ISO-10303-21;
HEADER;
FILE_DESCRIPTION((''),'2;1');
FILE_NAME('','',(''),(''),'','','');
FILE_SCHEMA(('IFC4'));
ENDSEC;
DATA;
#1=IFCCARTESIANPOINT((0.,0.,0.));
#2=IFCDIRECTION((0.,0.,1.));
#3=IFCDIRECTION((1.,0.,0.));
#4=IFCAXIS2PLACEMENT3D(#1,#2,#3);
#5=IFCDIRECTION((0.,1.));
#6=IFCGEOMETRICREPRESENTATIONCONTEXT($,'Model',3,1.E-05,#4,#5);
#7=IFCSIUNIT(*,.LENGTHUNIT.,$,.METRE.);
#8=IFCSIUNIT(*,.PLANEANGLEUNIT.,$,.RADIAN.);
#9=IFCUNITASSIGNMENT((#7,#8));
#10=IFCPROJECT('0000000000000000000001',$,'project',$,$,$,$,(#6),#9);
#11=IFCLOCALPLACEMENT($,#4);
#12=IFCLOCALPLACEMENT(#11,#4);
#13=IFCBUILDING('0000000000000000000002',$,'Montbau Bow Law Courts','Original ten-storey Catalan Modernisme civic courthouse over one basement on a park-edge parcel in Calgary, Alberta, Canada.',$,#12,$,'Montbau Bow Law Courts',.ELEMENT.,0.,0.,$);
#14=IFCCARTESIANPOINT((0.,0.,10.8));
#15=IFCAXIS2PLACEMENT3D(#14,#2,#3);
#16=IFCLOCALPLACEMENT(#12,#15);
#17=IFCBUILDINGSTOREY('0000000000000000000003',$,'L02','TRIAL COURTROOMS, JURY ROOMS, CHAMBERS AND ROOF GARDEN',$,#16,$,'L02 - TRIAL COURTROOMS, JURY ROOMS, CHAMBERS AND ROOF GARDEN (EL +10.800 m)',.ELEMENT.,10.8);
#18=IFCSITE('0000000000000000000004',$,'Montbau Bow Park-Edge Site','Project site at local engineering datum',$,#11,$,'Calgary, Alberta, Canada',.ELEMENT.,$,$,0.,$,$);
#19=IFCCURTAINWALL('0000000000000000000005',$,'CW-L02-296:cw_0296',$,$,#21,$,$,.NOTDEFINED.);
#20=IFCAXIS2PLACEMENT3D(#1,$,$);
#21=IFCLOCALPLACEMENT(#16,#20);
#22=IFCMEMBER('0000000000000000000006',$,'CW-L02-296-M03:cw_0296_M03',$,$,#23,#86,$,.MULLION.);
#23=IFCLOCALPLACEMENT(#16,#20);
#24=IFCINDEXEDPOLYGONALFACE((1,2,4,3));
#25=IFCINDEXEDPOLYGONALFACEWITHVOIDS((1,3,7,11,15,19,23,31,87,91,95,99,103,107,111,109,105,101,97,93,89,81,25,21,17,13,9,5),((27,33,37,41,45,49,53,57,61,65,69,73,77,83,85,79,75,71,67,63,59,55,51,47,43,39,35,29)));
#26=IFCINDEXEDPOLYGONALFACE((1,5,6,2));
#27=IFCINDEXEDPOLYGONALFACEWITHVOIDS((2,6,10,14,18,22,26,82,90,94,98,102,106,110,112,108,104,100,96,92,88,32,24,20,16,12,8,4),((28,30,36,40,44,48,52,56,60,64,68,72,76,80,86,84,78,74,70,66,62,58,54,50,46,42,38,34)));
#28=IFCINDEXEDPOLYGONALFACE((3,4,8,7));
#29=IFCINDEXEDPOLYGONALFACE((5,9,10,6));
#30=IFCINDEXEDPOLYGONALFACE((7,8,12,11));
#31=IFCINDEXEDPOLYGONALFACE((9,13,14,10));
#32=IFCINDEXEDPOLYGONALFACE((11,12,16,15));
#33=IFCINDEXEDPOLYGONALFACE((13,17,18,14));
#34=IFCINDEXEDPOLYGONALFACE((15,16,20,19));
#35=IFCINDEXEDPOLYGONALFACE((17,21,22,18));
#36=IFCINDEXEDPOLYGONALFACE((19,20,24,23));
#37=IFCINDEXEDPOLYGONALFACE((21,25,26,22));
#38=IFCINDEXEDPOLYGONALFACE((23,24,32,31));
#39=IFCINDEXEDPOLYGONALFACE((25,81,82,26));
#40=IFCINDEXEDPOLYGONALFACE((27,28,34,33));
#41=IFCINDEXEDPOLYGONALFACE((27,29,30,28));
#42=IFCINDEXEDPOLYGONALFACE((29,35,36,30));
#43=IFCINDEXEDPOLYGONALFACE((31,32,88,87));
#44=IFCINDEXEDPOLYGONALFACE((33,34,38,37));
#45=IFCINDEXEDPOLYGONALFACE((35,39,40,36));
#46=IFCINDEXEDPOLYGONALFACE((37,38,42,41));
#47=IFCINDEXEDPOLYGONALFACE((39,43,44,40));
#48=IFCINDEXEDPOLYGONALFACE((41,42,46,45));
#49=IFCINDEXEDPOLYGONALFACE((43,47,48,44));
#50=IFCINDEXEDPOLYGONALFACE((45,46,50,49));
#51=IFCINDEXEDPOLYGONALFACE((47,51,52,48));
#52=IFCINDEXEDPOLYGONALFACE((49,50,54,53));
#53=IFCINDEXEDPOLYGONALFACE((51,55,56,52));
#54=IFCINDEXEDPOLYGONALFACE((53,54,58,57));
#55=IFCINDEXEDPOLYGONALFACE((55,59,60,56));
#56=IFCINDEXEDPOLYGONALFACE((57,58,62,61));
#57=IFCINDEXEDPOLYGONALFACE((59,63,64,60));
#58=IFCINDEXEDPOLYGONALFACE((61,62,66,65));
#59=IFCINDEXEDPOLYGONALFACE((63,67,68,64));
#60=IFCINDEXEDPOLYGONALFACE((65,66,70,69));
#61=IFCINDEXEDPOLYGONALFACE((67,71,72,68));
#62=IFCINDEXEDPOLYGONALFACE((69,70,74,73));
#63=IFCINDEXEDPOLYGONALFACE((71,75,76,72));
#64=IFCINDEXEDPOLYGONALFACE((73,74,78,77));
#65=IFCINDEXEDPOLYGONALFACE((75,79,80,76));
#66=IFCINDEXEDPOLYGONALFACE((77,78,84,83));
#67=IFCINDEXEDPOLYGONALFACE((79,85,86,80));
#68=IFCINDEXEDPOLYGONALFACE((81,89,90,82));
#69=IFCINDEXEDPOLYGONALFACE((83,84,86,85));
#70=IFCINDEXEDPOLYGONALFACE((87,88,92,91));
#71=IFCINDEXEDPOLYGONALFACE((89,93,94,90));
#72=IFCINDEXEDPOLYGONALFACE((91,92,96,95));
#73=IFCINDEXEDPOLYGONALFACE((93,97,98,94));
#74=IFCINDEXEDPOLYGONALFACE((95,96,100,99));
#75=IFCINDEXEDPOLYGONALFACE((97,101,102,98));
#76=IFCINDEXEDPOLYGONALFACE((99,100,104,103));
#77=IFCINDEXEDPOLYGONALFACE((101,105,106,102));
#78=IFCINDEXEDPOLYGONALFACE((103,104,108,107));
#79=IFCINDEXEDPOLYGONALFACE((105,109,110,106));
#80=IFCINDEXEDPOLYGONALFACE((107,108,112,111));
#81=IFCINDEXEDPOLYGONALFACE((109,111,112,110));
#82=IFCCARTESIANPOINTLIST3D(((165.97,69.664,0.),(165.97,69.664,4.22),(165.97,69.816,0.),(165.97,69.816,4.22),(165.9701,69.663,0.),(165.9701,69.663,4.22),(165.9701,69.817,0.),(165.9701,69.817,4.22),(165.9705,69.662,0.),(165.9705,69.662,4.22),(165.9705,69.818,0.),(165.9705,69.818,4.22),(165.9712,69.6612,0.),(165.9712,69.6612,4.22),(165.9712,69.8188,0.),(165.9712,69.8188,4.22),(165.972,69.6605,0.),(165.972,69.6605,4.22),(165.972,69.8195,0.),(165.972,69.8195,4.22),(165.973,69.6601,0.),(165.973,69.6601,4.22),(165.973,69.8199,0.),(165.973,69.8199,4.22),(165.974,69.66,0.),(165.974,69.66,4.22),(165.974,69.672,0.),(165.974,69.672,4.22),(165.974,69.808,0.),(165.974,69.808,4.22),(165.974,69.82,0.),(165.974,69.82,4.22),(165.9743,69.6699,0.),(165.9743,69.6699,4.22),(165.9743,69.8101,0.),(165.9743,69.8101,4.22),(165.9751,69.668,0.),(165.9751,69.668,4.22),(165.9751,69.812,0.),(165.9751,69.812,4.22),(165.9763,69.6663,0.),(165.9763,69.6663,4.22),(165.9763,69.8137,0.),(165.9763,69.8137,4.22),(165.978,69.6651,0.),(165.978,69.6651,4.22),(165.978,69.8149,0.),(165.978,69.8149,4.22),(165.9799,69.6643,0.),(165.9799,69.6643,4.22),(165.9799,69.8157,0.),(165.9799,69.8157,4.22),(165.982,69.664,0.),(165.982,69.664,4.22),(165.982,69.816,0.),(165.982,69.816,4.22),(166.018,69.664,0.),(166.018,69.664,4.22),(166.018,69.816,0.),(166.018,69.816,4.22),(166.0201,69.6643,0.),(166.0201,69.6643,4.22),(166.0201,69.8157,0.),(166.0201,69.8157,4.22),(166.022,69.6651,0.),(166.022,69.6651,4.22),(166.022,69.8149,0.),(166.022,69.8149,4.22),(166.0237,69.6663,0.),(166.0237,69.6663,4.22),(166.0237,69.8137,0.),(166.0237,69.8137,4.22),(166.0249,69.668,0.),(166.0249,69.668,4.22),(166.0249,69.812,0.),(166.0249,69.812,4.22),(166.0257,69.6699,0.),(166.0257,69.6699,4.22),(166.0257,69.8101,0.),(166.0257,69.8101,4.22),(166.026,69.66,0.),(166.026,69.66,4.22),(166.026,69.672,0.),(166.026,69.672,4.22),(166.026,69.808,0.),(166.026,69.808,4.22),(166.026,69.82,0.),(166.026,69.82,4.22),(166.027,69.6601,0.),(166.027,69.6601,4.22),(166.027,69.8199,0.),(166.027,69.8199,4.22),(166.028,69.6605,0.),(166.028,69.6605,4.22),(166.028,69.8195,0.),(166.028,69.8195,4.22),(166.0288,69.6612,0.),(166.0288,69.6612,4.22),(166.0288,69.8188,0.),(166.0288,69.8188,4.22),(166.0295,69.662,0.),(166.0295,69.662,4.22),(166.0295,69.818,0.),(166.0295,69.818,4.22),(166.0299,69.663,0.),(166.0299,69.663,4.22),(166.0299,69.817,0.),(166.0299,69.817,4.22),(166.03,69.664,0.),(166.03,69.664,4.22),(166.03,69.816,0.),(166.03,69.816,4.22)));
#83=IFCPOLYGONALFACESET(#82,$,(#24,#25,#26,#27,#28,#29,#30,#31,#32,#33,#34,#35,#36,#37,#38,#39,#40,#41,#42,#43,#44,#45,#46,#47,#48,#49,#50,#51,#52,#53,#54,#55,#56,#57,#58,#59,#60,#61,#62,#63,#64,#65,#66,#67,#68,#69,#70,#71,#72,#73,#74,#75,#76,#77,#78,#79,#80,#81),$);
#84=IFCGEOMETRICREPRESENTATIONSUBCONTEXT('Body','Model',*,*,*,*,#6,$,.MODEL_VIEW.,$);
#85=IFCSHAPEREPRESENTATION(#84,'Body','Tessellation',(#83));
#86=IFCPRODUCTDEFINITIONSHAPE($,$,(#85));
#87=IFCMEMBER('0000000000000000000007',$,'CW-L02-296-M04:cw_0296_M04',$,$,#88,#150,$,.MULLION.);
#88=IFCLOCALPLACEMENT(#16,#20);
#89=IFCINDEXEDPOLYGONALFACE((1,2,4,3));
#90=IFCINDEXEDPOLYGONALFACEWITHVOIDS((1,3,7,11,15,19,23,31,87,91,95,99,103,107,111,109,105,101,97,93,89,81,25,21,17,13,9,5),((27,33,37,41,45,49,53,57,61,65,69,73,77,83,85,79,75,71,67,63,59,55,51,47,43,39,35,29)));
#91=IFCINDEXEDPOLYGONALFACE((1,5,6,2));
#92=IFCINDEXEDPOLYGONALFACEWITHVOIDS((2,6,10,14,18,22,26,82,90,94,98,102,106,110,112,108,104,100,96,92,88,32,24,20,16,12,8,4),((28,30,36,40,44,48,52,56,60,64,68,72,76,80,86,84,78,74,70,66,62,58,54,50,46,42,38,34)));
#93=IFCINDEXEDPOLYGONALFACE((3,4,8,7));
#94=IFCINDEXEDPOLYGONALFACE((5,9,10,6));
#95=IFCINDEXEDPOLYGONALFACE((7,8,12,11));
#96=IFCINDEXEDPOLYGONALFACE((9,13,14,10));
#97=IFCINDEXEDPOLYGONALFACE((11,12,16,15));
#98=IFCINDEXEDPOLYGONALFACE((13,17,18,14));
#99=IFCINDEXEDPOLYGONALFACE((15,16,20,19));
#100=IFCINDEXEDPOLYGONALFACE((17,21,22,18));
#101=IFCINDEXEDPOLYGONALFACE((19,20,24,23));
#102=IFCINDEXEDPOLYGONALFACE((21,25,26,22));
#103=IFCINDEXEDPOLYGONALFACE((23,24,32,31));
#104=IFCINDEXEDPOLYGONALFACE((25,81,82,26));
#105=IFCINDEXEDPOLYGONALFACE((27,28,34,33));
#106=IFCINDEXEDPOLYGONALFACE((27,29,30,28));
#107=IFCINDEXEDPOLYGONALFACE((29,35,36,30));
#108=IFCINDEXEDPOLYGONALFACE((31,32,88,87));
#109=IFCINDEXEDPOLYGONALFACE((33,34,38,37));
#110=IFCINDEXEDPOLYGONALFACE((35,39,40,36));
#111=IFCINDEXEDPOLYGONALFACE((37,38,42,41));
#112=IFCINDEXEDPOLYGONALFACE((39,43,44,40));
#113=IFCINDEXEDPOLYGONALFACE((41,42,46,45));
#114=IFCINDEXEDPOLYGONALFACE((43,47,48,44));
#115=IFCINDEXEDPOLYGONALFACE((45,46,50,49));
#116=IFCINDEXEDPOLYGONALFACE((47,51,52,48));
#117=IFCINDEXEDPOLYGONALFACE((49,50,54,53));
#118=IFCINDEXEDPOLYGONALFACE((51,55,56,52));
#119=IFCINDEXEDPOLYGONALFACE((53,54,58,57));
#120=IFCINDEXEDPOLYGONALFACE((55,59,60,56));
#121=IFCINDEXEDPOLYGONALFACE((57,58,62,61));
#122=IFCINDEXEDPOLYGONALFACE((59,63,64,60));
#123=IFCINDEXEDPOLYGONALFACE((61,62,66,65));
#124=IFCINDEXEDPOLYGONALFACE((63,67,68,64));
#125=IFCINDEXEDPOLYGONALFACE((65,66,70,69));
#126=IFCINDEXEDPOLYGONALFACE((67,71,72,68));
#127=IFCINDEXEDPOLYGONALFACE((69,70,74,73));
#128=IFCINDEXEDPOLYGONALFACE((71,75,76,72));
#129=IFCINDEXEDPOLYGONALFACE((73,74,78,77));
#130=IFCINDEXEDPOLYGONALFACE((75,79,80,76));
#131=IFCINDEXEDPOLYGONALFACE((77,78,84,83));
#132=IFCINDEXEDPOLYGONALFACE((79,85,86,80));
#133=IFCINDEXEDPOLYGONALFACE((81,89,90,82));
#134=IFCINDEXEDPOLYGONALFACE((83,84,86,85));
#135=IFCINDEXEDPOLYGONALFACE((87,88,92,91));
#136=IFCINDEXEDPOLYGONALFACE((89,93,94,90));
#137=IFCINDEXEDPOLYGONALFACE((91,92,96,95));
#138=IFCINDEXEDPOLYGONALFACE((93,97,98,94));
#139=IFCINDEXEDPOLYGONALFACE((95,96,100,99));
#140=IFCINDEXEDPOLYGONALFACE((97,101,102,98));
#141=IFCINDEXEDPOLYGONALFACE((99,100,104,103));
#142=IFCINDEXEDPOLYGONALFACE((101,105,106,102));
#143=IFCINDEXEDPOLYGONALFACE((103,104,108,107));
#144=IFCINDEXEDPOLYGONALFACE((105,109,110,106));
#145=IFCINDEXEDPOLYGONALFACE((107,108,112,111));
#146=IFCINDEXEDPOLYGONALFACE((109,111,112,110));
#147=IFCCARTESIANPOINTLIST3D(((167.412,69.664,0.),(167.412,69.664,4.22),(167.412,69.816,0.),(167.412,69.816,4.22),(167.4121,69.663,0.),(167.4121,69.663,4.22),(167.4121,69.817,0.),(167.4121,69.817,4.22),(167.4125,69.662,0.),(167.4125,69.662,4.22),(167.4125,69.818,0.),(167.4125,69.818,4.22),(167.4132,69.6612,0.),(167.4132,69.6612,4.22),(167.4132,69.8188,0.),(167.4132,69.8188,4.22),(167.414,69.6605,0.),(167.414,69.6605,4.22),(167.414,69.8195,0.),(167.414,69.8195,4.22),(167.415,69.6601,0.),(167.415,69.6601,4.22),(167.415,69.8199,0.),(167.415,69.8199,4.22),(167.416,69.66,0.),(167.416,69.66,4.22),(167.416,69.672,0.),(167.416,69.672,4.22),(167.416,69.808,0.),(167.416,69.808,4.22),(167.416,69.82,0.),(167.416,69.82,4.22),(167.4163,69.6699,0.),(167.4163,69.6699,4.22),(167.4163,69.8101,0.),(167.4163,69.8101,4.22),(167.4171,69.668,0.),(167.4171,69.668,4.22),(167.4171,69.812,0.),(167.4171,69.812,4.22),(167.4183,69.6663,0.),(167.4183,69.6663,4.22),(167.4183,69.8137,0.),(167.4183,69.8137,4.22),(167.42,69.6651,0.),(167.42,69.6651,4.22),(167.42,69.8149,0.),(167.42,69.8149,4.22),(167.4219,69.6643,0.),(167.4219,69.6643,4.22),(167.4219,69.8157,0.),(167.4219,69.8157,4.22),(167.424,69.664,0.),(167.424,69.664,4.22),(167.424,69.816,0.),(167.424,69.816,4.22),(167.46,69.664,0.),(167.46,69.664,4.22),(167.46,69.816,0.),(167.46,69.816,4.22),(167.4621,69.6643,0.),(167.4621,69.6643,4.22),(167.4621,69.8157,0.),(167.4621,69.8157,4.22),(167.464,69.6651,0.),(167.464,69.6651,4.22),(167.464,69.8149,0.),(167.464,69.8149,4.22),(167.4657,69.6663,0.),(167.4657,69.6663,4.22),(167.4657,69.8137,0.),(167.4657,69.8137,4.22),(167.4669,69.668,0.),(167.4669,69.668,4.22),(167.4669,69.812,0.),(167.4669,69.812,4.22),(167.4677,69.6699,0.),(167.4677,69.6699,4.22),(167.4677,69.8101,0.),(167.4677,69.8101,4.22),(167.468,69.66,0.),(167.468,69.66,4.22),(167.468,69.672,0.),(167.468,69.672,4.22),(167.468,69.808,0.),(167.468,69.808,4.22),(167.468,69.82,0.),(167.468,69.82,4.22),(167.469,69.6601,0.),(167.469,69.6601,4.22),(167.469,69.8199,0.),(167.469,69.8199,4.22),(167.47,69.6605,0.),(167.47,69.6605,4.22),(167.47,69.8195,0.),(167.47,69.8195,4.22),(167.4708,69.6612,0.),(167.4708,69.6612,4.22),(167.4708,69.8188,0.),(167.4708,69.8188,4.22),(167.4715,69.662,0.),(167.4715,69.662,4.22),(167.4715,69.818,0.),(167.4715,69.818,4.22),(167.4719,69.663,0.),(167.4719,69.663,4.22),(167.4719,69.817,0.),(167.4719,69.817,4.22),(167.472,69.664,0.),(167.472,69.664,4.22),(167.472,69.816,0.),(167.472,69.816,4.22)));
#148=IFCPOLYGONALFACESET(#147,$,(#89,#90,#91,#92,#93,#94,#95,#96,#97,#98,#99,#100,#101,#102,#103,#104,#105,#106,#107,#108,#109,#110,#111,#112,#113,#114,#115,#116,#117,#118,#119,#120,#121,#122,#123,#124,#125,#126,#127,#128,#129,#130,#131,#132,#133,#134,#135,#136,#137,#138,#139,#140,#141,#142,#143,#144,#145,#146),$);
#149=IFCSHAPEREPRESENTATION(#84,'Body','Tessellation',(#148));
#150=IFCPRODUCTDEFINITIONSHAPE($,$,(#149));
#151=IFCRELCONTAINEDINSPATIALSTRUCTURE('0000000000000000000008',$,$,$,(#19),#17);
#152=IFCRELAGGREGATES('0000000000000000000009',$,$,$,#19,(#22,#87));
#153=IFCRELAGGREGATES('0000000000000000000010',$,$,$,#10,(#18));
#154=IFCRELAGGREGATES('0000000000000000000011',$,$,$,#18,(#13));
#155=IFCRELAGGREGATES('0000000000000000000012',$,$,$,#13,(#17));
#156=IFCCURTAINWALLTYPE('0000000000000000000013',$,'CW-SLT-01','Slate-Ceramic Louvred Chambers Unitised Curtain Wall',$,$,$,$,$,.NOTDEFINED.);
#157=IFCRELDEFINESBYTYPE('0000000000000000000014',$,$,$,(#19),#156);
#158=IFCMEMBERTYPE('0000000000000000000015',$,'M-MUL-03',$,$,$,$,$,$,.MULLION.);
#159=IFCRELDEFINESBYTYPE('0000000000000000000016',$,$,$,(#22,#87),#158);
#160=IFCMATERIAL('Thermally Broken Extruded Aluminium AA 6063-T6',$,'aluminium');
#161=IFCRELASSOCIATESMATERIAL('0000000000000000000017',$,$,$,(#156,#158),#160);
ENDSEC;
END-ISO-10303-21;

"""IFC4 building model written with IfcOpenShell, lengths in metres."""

from ifc_helpers import new_model, si_unit, direction, frame, origin_with_axes, origin_2d_with_axis, place, context, subcontext, project, spatial, hollow_rectangle, extrude, material, material_profile, profile_set, type_object, element, aggregate, save


model = new_model("IFC4")

# Units and contexts
model_context = context("Model", 3, precision=1e-05, world=origin_with_axes(), true_north=direction((0.0, 1.0)))
body_context = subcontext(model_context, "Body", "Model", "MODEL_VIEW")
ifc_project = project(units=[si_unit("LENGTHUNIT", "METRE"), si_unit("PLANEANGLEUNIT", "RADIAN")], contexts=[model_context])

# Site, building, storey
site_placement = place(None, origin_with_axes())
site = spatial("IfcSite", under=ifc_project, at=site_placement, Name="Montbau Bow Park-Edge Site", Description="Project site at local engineering datum", LongName="Calgary, Alberta, Canada", CompositionType="ELEMENT", RefElevation=0.0)
building_placement = place(site_placement, origin_with_axes())
building = spatial("IfcBuilding", under=site, at=building_placement, Name="Montbau Bow Law Courts", Description="Original ten-storey Catalan Modernisme civic courthouse over one basement on a park-edge parcel in Calgary, Alberta, Canada.", LongName="Montbau Bow Law Courts", CompositionType="ELEMENT", ElevationOfRefHeight=0.0, ElevationOfTerrain=0.0)
storey_placement = place(building_placement, frame((0.0, 0.0, 10.8), z_axis=(0.0, 0.0, 1.0), x_axis=(1.0, 0.0, 0.0)))
storey = spatial("IfcBuildingStorey", under=building, at=storey_placement, Name="L02", Description="TRIAL COURTROOMS, JURY ROOMS, CHAMBERS AND ROOF GARDEN", LongName="L02 - TRIAL COURTROOMS, JURY ROOMS, CHAMBERS AND ROOF GARDEN (EL +10.800 m)", CompositionType="ELEMENT", Elevation=10.8)

# Curtain wall, members
ifc_material_1 = material(Name="Thermally Broken Extruded Aluminium AA 6063-T6", Category="aluminium")
curtain_wall_type = type_object("IfcCurtainWallType", Name="CW-SLT-01", Description="Slate-Ceramic Louvred Chambers Unitised Curtain Wall", PredefinedType="NOTDEFINED", material=ifc_material_1)
curtain_wall_1_placement = place(None, frame((163.115, 69.74, 10.8), z_axis=(0.0, 0.0, 1.0), x_axis=(1.0, 0.0, 0.0)))
curtain_wall_1 = element("IfcCurtainWall", 1, at=curtain_wall_1_placement, inside=storey, type_object=curtain_wall_type, Name="CW-L02-296:cw_0296", PredefinedType="NOTDEFINED")
ifc_material_profile_1 = material_profile(ifc_material_1, hollow_rectangle(XDim=0.06, YDim=0.16, WallThickness=0.004, InnerFilletRadius=0.008, OuterFilletRadius=0.004, at=origin_2d_with_axis()), Name="CWM-160X60", Category="Main", Priority=0)
ifc_profile_set_1 = profile_set([ifc_material_profile_1], Name="Thermally Broken Extruded Aluminium AA 6063-T6")
member_type_1 = type_object("IfcMemberType", Name="M-MUL-03", PredefinedType="MULLION", material=ifc_profile_set_1)
member_1_placement = place(None, frame((166.0, 69.74, 10.8), z_axis=(0.0, 0.0, 1.0), x_axis=(1.0, 0.0, 0.0)))
member_1 = element("IfcMember", 2, at=member_1_placement, type_object=member_type_1, Name="CW-L02-296-M03:cw_0296_M03", PredefinedType="MULLION", context=body_context, shape_type="SweptSolid", body=[
    extrude(hollow_rectangle(XDim=0.06, YDim=0.16, WallThickness=0.004, InnerFilletRadius=0.008, OuterFilletRadius=0.004, at=origin_2d_with_axis()), origin_with_axes(), (0.0, 0.0, 1.0), 4.22),
])
member_2_placement = place(None, frame((167.442, 69.74, 10.8), z_axis=(0.0, 0.0, 1.0), x_axis=(1.0, 0.0, 0.0)))
member_2 = element("IfcMember", 3, at=member_2_placement, type_object=member_type_1, Name="CW-L02-296-M04:cw_0296_M04", PredefinedType="MULLION", context=body_context, shape_type="SweptSolid", body=[
    extrude(hollow_rectangle(XDim=0.06, YDim=0.16, WallThickness=0.004, InnerFilletRadius=0.008, OuterFilletRadius=0.004, at=origin_2d_with_axis()), origin_with_axes(), (0.0, 0.0, 1.0), 4.22),
])

aggregate(curtain_wall_1, [member_1, member_2])

save(model, "model.ifc")
